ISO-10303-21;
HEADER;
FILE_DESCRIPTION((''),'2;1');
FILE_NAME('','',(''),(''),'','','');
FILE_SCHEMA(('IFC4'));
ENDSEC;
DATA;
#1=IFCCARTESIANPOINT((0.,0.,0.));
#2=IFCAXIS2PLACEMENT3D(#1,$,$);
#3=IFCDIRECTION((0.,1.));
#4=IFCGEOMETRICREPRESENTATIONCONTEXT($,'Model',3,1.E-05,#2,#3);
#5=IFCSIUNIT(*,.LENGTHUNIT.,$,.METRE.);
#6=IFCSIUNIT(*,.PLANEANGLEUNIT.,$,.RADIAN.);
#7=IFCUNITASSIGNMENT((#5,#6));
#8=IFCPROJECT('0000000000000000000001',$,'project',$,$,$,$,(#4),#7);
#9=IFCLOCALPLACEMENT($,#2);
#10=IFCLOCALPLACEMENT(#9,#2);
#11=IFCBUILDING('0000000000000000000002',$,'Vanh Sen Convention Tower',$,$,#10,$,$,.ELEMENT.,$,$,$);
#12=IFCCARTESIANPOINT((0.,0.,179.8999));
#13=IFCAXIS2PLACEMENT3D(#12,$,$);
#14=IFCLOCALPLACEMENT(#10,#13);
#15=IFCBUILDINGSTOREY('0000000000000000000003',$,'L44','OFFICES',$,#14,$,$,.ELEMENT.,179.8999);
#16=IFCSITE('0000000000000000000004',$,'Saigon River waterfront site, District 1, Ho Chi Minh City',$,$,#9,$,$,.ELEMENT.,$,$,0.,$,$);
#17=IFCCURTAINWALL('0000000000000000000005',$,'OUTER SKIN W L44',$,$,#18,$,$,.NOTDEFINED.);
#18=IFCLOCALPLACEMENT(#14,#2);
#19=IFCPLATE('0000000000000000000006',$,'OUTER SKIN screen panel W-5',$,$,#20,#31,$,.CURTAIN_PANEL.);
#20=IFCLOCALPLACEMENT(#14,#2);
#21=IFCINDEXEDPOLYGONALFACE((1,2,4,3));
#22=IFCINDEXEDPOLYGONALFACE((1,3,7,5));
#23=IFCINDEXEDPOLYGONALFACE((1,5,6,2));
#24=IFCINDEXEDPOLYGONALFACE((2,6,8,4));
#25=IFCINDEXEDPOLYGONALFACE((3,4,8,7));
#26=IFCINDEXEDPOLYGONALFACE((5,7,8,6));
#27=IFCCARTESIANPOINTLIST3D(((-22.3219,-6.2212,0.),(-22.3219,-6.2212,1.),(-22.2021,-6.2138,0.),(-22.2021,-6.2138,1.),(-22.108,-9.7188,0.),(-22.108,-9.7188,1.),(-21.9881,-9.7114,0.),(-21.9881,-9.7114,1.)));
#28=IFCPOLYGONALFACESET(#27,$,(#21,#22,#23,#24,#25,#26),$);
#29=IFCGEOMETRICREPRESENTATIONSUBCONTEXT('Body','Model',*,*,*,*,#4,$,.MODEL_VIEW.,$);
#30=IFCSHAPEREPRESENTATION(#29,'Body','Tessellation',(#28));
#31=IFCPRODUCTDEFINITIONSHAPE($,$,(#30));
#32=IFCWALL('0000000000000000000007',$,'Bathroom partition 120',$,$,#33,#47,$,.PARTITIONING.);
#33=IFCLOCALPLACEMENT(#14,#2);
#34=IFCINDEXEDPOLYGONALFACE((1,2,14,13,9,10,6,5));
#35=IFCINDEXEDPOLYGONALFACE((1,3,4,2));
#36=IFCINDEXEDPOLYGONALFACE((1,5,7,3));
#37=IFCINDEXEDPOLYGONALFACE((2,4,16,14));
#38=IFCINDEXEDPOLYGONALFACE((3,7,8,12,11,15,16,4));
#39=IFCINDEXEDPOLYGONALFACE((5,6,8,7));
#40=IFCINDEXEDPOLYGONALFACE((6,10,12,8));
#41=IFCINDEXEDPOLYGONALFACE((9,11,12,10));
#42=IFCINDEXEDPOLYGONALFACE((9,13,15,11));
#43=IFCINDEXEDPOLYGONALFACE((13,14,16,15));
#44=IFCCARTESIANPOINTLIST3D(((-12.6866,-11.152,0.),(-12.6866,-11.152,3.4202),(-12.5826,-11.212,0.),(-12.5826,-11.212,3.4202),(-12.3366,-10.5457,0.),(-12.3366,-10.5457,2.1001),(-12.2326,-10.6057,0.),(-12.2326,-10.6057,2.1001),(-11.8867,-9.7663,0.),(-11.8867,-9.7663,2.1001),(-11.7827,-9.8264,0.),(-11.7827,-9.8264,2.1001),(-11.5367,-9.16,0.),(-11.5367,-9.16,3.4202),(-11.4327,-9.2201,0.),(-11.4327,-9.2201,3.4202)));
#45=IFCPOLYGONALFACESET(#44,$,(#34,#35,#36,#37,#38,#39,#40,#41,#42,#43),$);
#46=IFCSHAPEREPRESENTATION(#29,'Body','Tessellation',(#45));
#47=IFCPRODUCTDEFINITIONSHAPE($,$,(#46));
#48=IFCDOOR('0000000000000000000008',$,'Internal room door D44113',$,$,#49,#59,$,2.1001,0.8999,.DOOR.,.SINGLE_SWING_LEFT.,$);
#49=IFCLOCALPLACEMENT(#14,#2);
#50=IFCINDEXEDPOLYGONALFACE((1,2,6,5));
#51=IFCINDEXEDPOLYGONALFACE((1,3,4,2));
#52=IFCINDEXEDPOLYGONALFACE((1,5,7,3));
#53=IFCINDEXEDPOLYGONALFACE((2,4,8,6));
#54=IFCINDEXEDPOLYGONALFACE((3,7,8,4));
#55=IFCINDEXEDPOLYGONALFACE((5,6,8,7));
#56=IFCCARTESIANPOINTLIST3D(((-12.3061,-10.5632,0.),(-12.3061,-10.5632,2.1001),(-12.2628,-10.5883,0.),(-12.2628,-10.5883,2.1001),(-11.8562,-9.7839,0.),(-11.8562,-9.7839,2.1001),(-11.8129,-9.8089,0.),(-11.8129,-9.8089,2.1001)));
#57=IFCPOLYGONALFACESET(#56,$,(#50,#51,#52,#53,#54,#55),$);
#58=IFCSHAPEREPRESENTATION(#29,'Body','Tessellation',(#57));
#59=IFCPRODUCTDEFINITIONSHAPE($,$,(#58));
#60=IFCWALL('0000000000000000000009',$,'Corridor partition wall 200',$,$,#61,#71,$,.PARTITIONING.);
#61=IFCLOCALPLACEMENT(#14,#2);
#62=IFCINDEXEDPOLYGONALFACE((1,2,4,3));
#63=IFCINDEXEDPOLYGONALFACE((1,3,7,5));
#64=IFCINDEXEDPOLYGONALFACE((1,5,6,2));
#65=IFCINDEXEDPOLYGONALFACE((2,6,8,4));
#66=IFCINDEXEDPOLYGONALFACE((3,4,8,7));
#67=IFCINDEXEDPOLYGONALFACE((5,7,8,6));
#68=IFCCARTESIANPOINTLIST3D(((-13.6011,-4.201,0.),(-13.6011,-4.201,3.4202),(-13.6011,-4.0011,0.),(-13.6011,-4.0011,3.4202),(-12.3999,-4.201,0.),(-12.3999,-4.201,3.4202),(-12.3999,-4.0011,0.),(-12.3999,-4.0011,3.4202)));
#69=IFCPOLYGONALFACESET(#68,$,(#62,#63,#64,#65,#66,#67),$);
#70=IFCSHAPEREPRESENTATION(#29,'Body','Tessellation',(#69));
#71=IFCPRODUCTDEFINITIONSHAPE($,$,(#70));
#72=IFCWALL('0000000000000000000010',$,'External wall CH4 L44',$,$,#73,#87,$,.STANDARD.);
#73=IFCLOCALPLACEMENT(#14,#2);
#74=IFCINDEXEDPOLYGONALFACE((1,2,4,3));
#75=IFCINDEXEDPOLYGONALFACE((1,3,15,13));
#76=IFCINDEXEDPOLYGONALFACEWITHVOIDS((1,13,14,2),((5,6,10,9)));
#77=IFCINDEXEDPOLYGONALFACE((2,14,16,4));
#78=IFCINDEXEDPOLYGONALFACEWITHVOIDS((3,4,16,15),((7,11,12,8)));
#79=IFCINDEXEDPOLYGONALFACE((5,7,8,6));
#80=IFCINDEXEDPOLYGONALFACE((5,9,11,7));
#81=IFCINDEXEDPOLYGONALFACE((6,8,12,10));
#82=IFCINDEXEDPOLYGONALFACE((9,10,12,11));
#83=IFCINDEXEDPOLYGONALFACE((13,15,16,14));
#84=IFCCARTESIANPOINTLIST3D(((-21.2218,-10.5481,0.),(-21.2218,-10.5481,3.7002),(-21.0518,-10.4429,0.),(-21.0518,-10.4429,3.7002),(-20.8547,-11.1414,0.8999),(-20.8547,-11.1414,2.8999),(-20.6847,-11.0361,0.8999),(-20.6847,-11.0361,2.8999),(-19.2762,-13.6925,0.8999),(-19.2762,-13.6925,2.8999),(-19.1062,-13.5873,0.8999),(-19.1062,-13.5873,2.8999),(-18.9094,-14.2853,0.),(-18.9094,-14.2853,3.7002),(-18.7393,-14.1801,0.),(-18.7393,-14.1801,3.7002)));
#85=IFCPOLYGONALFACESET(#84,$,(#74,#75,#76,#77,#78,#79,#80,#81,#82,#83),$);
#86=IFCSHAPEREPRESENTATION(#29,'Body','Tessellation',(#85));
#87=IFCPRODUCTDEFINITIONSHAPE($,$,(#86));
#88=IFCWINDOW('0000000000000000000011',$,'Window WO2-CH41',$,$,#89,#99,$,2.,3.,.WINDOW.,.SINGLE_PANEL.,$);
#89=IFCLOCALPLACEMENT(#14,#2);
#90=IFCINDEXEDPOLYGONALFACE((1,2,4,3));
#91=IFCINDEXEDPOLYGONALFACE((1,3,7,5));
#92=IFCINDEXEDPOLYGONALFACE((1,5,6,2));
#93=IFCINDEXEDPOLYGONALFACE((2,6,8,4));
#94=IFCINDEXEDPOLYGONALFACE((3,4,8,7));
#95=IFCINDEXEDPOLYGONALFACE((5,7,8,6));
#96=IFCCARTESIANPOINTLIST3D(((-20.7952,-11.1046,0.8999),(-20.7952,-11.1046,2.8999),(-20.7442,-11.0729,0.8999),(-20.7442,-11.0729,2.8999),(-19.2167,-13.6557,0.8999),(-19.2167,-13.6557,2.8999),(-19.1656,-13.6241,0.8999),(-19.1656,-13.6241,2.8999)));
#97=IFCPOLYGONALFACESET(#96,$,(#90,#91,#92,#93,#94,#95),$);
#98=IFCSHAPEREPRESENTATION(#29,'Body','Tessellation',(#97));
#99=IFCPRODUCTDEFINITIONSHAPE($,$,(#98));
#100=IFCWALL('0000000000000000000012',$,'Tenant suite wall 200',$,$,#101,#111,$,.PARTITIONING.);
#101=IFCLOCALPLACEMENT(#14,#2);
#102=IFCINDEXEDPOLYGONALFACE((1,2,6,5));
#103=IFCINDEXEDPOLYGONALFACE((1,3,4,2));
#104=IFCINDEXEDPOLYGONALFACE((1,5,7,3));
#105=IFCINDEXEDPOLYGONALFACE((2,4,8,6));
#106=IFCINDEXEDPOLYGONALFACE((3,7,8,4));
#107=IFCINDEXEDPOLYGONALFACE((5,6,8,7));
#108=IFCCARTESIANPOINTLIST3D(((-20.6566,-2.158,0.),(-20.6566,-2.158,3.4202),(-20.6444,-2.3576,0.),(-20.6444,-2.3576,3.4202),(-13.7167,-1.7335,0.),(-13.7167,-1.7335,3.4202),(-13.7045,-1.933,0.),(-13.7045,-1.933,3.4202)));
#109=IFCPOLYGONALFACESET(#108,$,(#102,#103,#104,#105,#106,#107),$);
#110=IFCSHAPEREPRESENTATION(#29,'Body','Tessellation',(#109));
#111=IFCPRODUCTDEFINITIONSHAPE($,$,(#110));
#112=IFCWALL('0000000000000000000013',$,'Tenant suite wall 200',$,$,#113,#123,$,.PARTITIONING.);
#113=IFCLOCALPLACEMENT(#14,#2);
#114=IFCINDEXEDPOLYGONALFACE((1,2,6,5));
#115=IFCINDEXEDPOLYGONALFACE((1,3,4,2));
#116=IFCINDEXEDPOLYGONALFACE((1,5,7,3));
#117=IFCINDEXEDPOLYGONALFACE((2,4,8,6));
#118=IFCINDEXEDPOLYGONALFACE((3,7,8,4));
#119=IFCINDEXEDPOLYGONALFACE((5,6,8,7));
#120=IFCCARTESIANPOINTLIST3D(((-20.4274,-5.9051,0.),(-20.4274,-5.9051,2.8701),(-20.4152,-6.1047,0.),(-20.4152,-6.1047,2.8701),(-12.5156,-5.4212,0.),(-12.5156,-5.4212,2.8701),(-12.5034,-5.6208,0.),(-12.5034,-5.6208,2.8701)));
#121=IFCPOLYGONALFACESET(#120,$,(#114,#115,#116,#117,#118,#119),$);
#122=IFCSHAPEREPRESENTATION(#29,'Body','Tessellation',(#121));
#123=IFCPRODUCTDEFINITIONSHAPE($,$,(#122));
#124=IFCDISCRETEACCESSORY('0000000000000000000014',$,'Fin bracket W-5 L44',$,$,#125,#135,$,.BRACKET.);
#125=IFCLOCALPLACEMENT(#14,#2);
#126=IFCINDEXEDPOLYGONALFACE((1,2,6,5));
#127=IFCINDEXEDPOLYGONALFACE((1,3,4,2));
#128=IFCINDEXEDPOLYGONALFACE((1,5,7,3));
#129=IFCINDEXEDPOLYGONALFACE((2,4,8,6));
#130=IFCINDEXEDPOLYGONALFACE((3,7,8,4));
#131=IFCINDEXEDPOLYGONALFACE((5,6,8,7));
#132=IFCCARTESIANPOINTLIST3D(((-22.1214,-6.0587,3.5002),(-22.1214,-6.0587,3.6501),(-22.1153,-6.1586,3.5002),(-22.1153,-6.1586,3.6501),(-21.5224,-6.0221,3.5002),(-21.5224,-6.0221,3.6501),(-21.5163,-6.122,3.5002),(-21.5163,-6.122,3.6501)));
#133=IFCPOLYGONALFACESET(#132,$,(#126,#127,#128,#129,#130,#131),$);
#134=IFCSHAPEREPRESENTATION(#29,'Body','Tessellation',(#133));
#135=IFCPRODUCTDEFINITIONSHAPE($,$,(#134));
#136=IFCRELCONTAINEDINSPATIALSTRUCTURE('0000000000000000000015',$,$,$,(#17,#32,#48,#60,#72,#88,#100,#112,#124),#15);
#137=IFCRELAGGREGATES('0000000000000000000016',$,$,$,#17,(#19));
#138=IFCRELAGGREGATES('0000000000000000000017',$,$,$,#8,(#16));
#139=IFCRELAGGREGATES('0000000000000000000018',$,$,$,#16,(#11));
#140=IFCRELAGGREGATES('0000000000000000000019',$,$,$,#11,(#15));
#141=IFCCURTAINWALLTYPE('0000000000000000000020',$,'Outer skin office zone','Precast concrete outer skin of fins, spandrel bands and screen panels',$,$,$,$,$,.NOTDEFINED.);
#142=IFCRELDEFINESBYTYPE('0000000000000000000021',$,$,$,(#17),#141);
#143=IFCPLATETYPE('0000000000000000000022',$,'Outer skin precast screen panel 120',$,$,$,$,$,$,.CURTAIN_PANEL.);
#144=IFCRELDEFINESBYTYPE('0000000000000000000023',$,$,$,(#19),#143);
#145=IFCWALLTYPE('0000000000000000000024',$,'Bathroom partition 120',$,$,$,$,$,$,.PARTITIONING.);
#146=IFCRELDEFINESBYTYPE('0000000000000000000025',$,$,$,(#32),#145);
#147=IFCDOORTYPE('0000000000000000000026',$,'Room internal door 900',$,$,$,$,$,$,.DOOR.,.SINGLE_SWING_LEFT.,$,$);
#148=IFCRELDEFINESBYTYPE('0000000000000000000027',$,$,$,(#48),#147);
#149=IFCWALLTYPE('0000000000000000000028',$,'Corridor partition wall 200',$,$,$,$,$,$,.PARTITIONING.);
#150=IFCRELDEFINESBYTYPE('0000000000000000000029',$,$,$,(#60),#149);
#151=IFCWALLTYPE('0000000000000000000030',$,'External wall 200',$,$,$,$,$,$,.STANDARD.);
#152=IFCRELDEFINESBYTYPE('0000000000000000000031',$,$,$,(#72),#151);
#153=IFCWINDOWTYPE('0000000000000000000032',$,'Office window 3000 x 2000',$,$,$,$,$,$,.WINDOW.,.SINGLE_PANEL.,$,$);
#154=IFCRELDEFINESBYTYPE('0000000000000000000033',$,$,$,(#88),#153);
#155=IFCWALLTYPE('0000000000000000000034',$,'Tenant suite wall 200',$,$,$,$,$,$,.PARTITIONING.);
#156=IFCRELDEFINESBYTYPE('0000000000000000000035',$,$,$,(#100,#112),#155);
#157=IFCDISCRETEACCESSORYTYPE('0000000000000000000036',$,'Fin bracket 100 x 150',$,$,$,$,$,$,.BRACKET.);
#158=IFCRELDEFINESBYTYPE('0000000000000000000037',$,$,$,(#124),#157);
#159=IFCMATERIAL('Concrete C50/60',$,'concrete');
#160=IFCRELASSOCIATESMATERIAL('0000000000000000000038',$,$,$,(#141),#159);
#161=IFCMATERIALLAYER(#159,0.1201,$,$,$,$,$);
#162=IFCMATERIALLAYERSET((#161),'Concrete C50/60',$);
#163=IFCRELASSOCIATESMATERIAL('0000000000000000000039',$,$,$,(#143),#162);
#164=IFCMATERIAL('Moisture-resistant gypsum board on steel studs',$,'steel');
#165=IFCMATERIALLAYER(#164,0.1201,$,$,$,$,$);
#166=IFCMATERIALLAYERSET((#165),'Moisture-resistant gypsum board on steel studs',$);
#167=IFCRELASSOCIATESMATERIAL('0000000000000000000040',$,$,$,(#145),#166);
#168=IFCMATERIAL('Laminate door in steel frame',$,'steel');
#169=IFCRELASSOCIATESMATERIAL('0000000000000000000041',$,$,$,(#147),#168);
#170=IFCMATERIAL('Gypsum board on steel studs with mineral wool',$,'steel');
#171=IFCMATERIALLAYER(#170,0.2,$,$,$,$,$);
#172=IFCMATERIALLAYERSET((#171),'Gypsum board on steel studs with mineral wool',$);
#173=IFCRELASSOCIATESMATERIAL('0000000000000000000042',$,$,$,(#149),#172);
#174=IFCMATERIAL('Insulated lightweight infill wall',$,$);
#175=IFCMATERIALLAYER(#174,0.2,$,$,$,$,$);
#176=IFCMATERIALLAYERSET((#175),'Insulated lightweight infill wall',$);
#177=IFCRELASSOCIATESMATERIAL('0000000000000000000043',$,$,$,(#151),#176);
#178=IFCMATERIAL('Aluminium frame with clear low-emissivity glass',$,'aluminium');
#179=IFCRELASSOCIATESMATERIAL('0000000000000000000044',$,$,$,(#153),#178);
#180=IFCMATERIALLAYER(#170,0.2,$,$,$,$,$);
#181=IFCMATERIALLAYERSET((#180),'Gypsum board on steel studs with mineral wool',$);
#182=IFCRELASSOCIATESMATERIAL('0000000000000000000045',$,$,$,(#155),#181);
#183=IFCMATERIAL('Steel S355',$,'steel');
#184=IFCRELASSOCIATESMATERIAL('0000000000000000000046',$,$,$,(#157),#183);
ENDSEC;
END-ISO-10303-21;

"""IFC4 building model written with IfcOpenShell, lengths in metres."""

from ifc_helpers import new_model, si_unit, direction, frame, frame_2d, origin, origin_2d, place, context, subcontext, project, spatial, rectangle, extrude, material, layer, layer_set, type_object, element, fill, aggregate, save


model = new_model("IFC4")

# Units and contexts
model_context = context("Model", 3, precision=1e-05, world=origin(), true_north=direction((0.0, 1.0)))
body_context = subcontext(model_context, "Body", "Model", "MODEL_VIEW")
ifc_project = project(units=[si_unit("LENGTHUNIT", "METRE"), si_unit("PLANEANGLEUNIT", "RADIAN")], contexts=[model_context])

# Site, building, storey
site_placement = place(None, origin())
site = spatial("IfcSite", under=ifc_project, at=site_placement, Name="Saigon River waterfront site, District 1, Ho Chi Minh City", CompositionType="ELEMENT", RefElevation=0.0)
building_placement = place(site_placement, origin())
building = spatial("IfcBuilding", under=site, at=building_placement, Name="Vanh Sen Convention Tower", CompositionType="ELEMENT")
storey_placement = place(building_placement, frame((0.0, 0.0, 179.8999)))
storey = spatial("IfcBuildingStorey", under=building, at=storey_placement, Name="L44", Description="OFFICES", CompositionType="ELEMENT", Elevation=179.8999)

# Curtain wall
ifc_material_1 = material(Name="Concrete C50/60", Category="concrete")
curtain_wall_type = type_object("IfcCurtainWallType", Name="Outer skin office zone", Description="Precast concrete outer skin of fins, spandrel bands and screen panels", PredefinedType="NOTDEFINED", material=ifc_material_1)
curtain_wall_1_placement = place(storey_placement, origin())
curtain_wall_1 = element("IfcCurtainWall", 1, at=curtain_wall_1_placement, inside=storey, type_object=curtain_wall_type, Name="OUTER SKIN W L44", PredefinedType="NOTDEFINED")

# Plate
ifc_layer_1 = layer(ifc_material_1, 0.1201)
ifc_layer_set_1 = layer_set([ifc_layer_1], Name="Concrete C50/60")
plate_type = type_object("IfcPlateType", Name="Outer skin precast screen panel 120", PredefinedType="CURTAIN_PANEL", material=ifc_layer_set_1)
plate_1_placement = place(storey_placement, frame((-22.155, -7.9663, 0.0), z_axis=(0.0, 0.0, 1.0), x_axis=(0.061054, -0.998134, 0.0)))
plate_1 = element("IfcPlate", 2, at=plate_1_placement, type_object=plate_type, Name="OUTER SKIN screen panel W-5", PredefinedType="CURTAIN_PANEL", context=body_context, shape_type="SweptSolid", body=[
    extrude(rectangle(XDim=3.5042, YDim=0.1201, at=origin_2d()), origin(), (0.0, 0.0, 1.0), 1.0),
])
aggregate(curtain_wall_1, [plate_1])

# Wall, opening, door
ifc_material_2 = material(Name="Moisture-resistant gypsum board on steel studs", Category="steel")
ifc_layer_2 = layer(ifc_material_2, 0.1201)
ifc_layer_set_2 = layer_set([ifc_layer_2], Name="Moisture-resistant gypsum board on steel studs")
wall_type_1 = type_object("IfcWallType", Name="Bathroom partition 120", PredefinedType="PARTITIONING", material=ifc_layer_set_2)
wall_1_placement = place(storey_placement, frame((-12.6345, -11.1819, 0.0), z_axis=(0.0, 0.0, 1.0), x_axis=(0.499952, 0.866053, 0.0)))
wall_1 = element("IfcWall", 3, at=wall_1_placement, inside=storey, type_object=wall_type_1, Name="Bathroom partition 120", PredefinedType="PARTITIONING", context=body_context, shape_type="SweptSolid", body=[
    extrude(rectangle(XDim=2.3, YDim=0.1201, at=frame_2d((1.1499, 0.0))), origin(), (0.0, 0.0, 1.0), 3.4202),
])
opening_1_placement = place(wall_1_placement, frame((0.7, 0.0, 0.0)))
opening_1 = element("IfcOpeningElement", 4, at=opening_1_placement, cuts=wall_1, PredefinedType="OPENING", context=body_context, shape_type="SweptSolid", body=[
    extrude(rectangle(XDim=0.8999, YDim=2.1001, at=frame_2d((0.45, 1.05))), frame((0.0, 0.0701, 0.0), z_axis=(0.0, -1.0, 0.0), x_axis=(1.0, 0.0, 0.0)), (0.0, 0.0, 1.0), 0.1401),
])
ifc_material_3 = material(Name="Laminate door in steel frame", Category="steel")
door_type = type_object("IfcDoorType", Name="Room internal door 900", OperationType="SINGLE_SWING_LEFT", PredefinedType="DOOR", material=ifc_material_3)
door_placement = place(opening_1_placement, origin())
door = element("IfcDoor", 5, at=door_placement, inside=storey, type_object=door_type, Name="Internal room door D44113", OperationType="SINGLE_SWING_LEFT", OverallHeight=2.1001, OverallWidth=0.8999, PredefinedType="DOOR", context=body_context, shape_type="SweptSolid", body=[
    extrude(rectangle(XDim=0.8999, YDim=2.1001, at=frame_2d((0.45, 1.05))), frame((0.0, 0.0249, 0.0), z_axis=(0.0, -1.0, 0.0), x_axis=(1.0, 0.0, 0.0)), (0.0, 0.0, 1.0), 0.05),
])
fill(opening_1, door)

# Wall
ifc_material_4 = material(Name="Gypsum board on steel studs with mineral wool", Category="steel")
ifc_layer_3 = layer(ifc_material_4, 0.2)
ifc_layer_set_3 = layer_set([ifc_layer_3], Name="Gypsum board on steel studs with mineral wool")
wall_type_2 = type_object("IfcWallType", Name="Corridor partition wall 200", PredefinedType="PARTITIONING", material=ifc_layer_set_3)
wall_2_placement = place(storey_placement, frame((-13.6011, -4.1011, 0.0), z_axis=(0.0, 0.0, 1.0), x_axis=(1.0, 0.0, 0.0)))
element("IfcWall", 6, at=wall_2_placement, inside=storey, type_object=wall_type_2, Name="Corridor partition wall 200", PredefinedType="PARTITIONING", context=body_context, shape_type="SweptSolid", body=[
    extrude(rectangle(XDim=1.2012, YDim=0.2, at=frame_2d((0.6006, 0.0))), origin(), (0.0, 0.0, 1.0), 3.4202),
])

# Wall, opening, window
ifc_material_5 = material(Name="Insulated lightweight infill wall")
ifc_layer_4 = layer(ifc_material_5, 0.2)
ifc_layer_set_4 = layer_set([ifc_layer_4], Name="Insulated lightweight infill wall")
wall_type_3 = type_object("IfcWallType", Name="External wall 200", PredefinedType="STANDARD", material=ifc_layer_set_4)
wall_3_placement = place(storey_placement, frame((-21.1367, -10.4956, 0.0), z_axis=(0.0, 0.0, 1.0), x_axis=(0.526179, -0.850374, 0.0)))
wall_3 = element("IfcWall", 7, at=wall_3_placement, inside=storey, type_object=wall_type_3, Name="External wall CH4 L44", PredefinedType="STANDARD", context=body_context, shape_type="SweptSolid", body=[
    extrude(rectangle(XDim=4.3948, YDim=0.2, at=frame_2d((2.1973, 0.0))), origin(), (0.0, 0.0, 1.0), 3.7002),
])
opening_2_placement = place(wall_3_placement, frame((0.6975, 0.0, 0.8999)))
opening_2 = element("IfcOpeningElement", 8, at=opening_2_placement, cuts=wall_3, PredefinedType="OPENING", context=body_context, shape_type="SweptSolid", body=[
    extrude(rectangle(XDim=3.0, YDim=2.0, at=frame_2d((1.5, 1.0))), frame((0.0, 0.1099, 0.0), z_axis=(0.0, -1.0, 0.0), x_axis=(1.0, 0.0, 0.0)), (0.0, 0.0, 1.0), 0.22),
])
ifc_material_6 = material(Name="Aluminium frame with clear low-emissivity glass", Category="aluminium")
window_type = type_object("IfcWindowType", Name="Office window 3000 x 2000", PartitioningType="SINGLE_PANEL", PredefinedType="WINDOW", material=ifc_material_6)
window_placement = place(opening_2_placement, origin())
window = element("IfcWindow", 9, at=window_placement, inside=storey, type_object=window_type, Name="Window WO2-CH41", OverallHeight=2.0, OverallWidth=3.0, PartitioningType="SINGLE_PANEL", PredefinedType="WINDOW", context=body_context, shape_type="SweptSolid", body=[
    extrude(rectangle(XDim=3.0, YDim=2.0, at=frame_2d((1.5, 1.0))), frame((0.0, 0.03, 0.0), z_axis=(0.0, -1.0, 0.0), x_axis=(1.0, 0.0, 0.0)), (0.0, 0.0, 1.0), 0.0601),
])
fill(opening_2, window)

# Walls
ifc_layer_5 = layer(ifc_material_4, 0.2)
ifc_layer_set_5 = layer_set([ifc_layer_5], Name="Gypsum board on steel studs with mineral wool")
wall_type_4 = type_object("IfcWallType", Name="Tenant suite wall 200", PredefinedType="PARTITIONING", material=ifc_layer_set_5)
wall_4_placement = place(storey_placement, frame((-20.6506, -2.2578, 0.0), z_axis=(0.0, 0.0, 1.0), x_axis=(0.998134, 0.061062, 0.0)))
element("IfcWall", 10, at=wall_4_placement, inside=storey, type_object=wall_type_4, Name="Tenant suite wall 200", PredefinedType="PARTITIONING", context=body_context, shape_type="SweptSolid", body=[
    extrude(rectangle(XDim=6.9529, YDim=0.2, at=frame_2d((3.4766, 0.0))), origin(), (0.0, 0.0, 1.0), 3.4202),
])
wall_5_placement = place(storey_placement, frame((-20.4214, -6.0049, 0.0), z_axis=(0.0, 0.0, 1.0), x_axis=(0.998135, 0.061047, 0.0)))
element("IfcWall", 11, at=wall_5_placement, inside=storey, type_object=wall_type_4, Name="Tenant suite wall 200", PredefinedType="PARTITIONING", context=body_context, shape_type="SweptSolid", body=[
    extrude(rectangle(XDim=7.9265, YDim=0.2, at=frame_2d((3.9634, 0.0))), origin(), (0.0, 0.0, 1.0), 2.8701),
])

# Discrete accessory
ifc_material_7 = material(Name="Steel S355", Category="steel")
discrete_accessory_type = type_object("IfcDiscreteAccessoryType", Name="Fin bracket 100 x 150", PredefinedType="BRACKET", material=ifc_material_7)
discrete_accessory_placement = place(storey_placement, frame((-21.8188, -6.0903, 3.5002), z_axis=(0.0, 0.0, 1.0), x_axis=(-0.998135, -0.061049, 0.0)))
element("IfcDiscreteAccessory", 12, at=discrete_accessory_placement, inside=storey, type_object=discrete_accessory_type, Name="Fin bracket W-5 L44", PredefinedType="BRACKET", context=body_context, shape_type="SweptSolid", body=[
    extrude(rectangle(XDim=0.6001, YDim=0.1001, at=origin_2d()), origin(), (0.0, 0.0, 1.0), 0.1499),
])

save(model, "model.ifc")
